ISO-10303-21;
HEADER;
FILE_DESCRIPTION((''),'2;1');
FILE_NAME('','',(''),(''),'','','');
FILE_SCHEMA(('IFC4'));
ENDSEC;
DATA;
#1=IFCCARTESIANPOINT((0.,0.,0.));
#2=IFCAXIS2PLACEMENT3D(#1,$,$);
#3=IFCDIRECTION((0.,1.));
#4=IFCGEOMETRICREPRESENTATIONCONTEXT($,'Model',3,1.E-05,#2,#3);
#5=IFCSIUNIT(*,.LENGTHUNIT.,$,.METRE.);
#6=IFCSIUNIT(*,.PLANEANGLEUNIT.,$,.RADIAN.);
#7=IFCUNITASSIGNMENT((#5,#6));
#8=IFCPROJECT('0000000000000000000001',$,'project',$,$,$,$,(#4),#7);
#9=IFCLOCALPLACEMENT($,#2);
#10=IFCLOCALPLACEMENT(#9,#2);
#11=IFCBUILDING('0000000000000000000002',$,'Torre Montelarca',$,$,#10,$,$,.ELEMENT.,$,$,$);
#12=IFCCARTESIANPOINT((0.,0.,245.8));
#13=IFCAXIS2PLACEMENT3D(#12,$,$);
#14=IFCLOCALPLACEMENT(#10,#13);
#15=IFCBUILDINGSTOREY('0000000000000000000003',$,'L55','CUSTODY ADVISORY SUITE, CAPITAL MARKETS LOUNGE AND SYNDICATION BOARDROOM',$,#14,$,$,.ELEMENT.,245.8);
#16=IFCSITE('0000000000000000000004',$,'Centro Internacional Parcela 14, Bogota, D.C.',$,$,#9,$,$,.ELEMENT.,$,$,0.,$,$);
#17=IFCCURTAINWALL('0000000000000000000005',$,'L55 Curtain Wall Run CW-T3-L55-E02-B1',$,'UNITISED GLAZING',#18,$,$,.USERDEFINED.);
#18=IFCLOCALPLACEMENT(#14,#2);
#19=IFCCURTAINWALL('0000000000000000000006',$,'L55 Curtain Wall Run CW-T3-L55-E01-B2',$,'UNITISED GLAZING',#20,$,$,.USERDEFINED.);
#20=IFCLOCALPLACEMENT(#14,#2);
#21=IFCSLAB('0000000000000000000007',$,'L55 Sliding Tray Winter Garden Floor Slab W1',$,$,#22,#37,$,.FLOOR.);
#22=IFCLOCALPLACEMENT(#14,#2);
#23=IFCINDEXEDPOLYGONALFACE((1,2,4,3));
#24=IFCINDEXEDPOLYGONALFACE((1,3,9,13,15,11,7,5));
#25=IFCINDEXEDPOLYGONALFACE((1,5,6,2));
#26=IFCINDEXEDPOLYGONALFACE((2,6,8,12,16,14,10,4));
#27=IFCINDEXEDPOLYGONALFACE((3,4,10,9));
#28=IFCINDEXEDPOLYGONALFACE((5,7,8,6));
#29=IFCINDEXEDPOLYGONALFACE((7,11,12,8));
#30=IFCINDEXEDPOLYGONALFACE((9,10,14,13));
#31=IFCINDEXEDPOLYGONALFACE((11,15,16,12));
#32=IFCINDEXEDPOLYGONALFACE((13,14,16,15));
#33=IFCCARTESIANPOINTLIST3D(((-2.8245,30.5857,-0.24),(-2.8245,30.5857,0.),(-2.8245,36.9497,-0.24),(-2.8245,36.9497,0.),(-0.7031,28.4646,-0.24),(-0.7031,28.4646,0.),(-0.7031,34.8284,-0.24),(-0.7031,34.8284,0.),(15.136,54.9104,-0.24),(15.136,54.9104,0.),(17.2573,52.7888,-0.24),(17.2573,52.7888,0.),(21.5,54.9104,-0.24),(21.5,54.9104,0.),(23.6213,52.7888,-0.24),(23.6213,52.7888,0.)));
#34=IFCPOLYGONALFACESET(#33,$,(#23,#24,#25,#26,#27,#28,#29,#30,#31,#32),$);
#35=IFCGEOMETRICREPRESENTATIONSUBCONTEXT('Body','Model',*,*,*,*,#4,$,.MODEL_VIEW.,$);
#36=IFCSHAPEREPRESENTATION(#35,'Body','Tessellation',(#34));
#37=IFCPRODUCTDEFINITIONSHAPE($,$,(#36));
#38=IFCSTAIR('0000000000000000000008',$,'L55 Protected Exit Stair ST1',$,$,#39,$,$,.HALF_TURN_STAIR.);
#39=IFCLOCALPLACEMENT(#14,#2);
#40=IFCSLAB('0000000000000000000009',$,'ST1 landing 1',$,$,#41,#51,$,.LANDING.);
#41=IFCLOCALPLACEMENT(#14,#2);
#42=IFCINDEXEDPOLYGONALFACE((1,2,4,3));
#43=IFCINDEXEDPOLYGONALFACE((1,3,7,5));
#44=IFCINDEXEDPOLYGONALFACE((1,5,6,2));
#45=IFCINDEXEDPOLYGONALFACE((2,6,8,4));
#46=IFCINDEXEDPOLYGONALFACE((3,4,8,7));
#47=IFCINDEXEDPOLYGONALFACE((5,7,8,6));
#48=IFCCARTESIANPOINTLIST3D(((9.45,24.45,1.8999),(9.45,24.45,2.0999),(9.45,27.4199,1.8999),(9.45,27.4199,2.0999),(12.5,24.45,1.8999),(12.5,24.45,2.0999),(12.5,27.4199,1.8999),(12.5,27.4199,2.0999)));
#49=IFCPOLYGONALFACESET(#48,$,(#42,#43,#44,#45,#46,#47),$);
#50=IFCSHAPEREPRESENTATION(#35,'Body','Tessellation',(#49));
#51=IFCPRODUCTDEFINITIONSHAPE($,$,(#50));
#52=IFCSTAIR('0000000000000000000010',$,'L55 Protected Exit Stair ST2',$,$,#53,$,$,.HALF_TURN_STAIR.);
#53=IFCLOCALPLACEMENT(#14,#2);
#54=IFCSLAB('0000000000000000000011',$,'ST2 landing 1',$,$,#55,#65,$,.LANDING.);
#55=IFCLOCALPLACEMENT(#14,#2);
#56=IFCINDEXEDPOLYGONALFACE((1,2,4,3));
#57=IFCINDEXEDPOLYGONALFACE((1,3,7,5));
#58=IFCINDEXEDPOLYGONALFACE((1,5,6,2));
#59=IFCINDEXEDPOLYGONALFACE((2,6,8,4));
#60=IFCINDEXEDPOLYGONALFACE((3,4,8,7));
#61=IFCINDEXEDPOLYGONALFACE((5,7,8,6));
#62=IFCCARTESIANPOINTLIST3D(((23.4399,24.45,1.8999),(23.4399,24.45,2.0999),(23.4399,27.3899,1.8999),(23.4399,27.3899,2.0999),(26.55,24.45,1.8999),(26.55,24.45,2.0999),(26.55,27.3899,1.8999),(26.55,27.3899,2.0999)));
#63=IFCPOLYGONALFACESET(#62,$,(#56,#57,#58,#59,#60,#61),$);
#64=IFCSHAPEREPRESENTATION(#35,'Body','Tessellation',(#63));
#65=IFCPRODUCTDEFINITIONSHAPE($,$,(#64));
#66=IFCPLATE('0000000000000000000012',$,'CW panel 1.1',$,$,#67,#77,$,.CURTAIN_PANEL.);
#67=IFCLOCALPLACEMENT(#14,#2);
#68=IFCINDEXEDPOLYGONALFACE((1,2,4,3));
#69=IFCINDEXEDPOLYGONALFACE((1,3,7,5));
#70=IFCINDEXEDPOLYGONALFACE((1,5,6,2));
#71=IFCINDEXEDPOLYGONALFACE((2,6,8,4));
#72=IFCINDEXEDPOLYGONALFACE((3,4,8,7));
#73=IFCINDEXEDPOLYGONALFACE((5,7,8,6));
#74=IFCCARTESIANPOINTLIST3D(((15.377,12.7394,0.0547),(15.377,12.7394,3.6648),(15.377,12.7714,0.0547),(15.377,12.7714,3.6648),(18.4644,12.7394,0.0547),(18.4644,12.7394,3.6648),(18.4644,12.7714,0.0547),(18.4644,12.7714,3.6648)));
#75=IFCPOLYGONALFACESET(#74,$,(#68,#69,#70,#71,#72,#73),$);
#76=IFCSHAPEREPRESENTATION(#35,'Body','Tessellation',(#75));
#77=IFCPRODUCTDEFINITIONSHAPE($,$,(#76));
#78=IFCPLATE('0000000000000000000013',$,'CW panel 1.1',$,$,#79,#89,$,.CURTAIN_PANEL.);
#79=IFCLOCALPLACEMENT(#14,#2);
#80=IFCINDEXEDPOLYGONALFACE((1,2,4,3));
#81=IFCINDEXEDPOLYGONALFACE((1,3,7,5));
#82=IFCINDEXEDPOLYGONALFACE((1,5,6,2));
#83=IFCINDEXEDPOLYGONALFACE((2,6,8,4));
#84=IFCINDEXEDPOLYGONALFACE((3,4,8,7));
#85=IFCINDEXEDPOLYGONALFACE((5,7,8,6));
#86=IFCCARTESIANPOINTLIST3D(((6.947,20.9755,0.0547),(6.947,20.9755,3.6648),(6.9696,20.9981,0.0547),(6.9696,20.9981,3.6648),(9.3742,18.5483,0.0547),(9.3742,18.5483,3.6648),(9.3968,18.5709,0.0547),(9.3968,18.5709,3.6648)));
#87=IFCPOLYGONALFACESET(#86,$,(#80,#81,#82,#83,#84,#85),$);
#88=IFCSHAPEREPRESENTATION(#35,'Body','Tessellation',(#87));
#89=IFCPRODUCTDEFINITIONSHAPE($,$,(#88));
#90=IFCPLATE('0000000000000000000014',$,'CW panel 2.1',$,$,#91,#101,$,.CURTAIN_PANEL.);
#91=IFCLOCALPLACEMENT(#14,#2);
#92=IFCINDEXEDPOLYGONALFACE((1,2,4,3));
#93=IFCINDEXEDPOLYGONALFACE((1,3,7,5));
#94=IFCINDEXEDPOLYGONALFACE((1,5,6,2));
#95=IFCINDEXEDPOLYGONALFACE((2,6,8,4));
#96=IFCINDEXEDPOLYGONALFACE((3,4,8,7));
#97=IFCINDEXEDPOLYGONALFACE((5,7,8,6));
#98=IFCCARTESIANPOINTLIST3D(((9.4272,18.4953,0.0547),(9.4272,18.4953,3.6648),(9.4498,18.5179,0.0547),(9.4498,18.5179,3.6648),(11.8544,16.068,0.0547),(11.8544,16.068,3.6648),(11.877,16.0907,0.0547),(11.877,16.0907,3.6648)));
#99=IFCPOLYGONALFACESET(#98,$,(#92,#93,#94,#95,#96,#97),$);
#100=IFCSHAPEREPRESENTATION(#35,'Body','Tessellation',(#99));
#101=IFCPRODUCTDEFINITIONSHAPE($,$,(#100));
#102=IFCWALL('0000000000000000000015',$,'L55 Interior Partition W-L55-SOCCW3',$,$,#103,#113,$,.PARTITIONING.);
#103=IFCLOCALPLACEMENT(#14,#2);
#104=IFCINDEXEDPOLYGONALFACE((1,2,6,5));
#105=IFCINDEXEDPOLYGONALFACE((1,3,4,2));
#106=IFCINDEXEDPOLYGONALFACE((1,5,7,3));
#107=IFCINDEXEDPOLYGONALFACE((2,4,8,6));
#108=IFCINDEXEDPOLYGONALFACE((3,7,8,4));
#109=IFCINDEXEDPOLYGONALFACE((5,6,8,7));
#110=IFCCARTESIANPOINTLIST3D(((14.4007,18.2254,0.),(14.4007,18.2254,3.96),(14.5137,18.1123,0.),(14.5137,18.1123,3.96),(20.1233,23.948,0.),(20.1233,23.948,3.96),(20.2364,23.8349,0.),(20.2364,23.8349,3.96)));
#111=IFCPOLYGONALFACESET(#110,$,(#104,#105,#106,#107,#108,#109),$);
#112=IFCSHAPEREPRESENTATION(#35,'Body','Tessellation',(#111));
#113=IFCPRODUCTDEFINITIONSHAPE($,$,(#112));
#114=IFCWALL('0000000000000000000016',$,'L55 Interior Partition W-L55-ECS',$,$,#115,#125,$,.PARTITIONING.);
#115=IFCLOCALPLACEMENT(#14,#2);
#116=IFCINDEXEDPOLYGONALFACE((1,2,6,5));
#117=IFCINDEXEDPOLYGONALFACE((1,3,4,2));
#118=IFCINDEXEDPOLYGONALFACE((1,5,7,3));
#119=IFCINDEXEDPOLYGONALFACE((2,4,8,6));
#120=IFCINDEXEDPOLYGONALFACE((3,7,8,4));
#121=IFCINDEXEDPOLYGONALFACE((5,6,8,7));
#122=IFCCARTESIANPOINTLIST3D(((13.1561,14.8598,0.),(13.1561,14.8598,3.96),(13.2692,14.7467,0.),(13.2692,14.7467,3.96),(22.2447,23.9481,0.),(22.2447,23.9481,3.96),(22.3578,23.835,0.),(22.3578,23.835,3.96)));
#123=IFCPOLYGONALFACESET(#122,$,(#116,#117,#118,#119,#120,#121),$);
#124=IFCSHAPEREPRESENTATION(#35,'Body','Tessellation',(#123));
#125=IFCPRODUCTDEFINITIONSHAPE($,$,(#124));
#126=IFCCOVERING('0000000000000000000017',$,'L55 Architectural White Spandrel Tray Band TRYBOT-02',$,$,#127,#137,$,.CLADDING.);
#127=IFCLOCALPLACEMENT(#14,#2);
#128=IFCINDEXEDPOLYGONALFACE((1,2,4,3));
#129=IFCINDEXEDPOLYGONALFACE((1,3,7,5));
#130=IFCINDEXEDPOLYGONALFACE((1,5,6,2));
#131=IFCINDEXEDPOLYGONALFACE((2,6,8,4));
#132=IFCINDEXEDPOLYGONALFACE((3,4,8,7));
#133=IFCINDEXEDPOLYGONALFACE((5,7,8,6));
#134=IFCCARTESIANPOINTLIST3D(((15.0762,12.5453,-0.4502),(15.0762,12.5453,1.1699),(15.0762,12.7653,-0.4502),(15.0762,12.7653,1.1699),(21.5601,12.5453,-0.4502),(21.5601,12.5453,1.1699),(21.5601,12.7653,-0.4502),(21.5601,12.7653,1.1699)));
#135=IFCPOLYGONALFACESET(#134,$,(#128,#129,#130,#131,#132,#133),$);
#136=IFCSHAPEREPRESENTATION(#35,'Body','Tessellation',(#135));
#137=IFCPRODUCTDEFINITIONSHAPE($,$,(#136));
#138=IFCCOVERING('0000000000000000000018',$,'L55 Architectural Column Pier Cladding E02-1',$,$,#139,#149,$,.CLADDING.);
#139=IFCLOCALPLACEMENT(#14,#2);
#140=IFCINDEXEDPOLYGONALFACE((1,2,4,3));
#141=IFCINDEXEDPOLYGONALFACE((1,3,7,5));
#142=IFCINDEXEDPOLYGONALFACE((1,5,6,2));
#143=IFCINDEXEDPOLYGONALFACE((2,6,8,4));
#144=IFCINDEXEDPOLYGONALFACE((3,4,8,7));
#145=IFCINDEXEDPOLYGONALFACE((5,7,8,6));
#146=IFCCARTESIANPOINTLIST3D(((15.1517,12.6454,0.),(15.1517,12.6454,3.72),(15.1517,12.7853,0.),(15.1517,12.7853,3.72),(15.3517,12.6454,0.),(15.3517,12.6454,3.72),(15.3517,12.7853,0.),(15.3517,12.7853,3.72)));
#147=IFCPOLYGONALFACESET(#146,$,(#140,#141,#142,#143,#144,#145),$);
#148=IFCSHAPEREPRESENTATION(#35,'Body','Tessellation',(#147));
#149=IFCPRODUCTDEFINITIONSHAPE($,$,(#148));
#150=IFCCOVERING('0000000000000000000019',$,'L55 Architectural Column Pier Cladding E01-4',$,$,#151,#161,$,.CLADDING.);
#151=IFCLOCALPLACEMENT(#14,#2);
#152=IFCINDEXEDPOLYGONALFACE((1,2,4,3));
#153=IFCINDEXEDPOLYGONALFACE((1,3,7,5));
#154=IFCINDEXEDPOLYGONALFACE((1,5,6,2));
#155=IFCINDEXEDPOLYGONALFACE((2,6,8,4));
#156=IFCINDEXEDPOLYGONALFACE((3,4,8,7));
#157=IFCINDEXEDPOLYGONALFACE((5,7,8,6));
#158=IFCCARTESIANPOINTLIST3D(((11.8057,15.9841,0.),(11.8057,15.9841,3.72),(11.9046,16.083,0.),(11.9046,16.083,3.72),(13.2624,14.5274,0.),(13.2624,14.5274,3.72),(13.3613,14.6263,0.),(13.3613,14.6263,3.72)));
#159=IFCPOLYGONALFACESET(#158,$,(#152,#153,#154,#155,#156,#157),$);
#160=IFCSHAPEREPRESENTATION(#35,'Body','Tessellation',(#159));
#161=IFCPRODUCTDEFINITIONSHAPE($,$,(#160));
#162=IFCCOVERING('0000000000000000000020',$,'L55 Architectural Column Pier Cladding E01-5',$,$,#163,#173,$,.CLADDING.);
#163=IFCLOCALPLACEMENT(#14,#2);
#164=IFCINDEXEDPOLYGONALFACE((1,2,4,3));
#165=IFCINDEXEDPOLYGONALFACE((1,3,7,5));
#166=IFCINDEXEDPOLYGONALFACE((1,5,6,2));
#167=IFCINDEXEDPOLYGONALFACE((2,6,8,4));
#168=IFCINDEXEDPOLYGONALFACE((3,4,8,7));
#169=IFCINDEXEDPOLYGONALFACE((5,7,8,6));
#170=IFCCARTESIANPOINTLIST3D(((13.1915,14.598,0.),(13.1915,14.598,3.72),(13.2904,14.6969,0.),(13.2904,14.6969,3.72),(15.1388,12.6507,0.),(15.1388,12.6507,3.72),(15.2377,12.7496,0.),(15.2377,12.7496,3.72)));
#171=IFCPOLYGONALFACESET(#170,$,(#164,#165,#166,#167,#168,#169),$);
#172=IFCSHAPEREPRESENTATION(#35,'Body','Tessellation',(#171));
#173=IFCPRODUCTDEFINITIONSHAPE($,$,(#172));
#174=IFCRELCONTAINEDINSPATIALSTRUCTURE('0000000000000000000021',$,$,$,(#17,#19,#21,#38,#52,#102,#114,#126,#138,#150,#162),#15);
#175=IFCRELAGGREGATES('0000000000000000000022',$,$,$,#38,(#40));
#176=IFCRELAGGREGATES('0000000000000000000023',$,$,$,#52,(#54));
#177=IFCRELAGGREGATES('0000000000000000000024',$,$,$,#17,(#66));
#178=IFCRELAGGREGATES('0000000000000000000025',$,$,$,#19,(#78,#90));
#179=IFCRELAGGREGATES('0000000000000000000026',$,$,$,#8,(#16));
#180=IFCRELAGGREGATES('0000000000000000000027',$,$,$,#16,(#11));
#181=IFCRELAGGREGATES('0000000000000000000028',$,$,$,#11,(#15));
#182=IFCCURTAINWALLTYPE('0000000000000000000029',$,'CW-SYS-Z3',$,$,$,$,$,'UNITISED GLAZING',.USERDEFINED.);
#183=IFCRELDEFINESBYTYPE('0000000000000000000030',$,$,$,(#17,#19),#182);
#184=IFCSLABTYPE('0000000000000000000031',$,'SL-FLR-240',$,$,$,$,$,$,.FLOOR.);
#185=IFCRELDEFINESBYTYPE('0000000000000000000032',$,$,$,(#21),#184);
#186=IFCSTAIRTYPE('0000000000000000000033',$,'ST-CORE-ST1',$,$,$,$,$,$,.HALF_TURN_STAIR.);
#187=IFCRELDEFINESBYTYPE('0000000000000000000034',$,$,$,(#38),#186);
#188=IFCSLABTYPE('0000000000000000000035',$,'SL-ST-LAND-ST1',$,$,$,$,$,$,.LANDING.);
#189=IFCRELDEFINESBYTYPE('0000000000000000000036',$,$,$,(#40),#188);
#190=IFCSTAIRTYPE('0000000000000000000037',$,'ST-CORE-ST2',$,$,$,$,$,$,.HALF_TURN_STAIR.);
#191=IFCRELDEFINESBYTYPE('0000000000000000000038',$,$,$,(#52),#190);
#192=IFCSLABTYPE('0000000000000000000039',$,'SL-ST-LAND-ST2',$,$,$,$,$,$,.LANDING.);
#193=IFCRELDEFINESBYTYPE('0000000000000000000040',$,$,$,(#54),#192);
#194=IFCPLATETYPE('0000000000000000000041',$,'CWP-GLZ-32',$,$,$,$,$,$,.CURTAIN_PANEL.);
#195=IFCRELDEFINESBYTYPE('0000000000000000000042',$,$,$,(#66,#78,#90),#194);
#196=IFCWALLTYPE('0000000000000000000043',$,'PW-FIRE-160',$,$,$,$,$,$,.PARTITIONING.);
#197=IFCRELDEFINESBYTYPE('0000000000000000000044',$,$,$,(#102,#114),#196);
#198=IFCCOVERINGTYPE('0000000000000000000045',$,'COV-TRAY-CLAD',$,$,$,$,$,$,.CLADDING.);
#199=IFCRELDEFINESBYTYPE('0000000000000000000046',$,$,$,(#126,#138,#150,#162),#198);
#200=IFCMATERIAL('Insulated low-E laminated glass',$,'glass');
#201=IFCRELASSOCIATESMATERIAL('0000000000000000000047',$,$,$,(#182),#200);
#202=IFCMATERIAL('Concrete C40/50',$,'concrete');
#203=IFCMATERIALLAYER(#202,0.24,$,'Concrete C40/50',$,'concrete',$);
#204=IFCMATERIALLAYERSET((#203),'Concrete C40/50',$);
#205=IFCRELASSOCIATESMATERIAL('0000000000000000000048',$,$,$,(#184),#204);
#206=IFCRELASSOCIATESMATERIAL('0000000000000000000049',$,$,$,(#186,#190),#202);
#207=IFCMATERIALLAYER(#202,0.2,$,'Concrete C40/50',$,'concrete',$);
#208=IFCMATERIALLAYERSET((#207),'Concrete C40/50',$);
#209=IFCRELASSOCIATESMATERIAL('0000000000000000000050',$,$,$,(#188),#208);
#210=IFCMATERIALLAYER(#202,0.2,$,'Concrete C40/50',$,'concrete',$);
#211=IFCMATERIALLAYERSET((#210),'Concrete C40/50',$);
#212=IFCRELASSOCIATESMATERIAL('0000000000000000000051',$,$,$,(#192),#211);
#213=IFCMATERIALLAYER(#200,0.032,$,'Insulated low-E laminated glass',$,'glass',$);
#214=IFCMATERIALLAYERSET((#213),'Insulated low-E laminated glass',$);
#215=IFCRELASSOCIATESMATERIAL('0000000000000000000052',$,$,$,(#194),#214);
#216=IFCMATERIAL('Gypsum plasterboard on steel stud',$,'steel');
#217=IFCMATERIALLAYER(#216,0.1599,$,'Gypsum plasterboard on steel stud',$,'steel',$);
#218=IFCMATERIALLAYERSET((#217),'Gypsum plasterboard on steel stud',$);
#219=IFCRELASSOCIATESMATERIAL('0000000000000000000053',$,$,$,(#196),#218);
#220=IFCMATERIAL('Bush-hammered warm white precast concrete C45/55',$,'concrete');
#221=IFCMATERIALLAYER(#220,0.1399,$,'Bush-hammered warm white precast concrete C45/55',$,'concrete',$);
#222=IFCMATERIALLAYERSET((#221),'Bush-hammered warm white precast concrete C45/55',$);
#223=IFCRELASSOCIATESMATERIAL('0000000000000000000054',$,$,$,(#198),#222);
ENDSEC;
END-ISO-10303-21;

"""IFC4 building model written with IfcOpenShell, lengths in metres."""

from ifc_helpers import new_model, si_unit, direction, frame, frame_2d, origin, origin_2d, place, context, subcontext, project, spatial, polyline, rectangle, outline, extrude, source, transform, mapped, material, layer, layer_set, type_object, element, aggregate, save


model = new_model("IFC4")

# Units and contexts
model_context = context("Model", 3, precision=1e-05, world=origin(), true_north=direction((0.0, 1.0)))
body_context = subcontext(model_context, "Body", "Model", "MODEL_VIEW")
ifc_project = project(units=[si_unit("LENGTHUNIT", "METRE"), si_unit("PLANEANGLEUNIT", "RADIAN")], contexts=[model_context])

# Site, building, storey
site_placement = place(None, origin())
site = spatial("IfcSite", under=ifc_project, at=site_placement, Name="Centro Internacional Parcela 14, Bogota, D.C.", CompositionType="ELEMENT", RefElevation=0.0)
building_placement = place(site_placement, origin())
building = spatial("IfcBuilding", under=site, at=building_placement, Name="Torre Montelarca", CompositionType="ELEMENT")
storey_placement = place(building_placement, frame((0.0, 0.0, 245.8)))
storey = spatial("IfcBuildingStorey", under=building, at=storey_placement, Name="L55", Description="CUSTODY ADVISORY SUITE, CAPITAL MARKETS LOUNGE AND SYNDICATION BOARDROOM", CompositionType="ELEMENT", Elevation=245.8)

# Curtain walls
ifc_material_1 = material(Name="Insulated low-E laminated glass", Category="glass")
curtain_wall_type = type_object("IfcCurtainWallType", Name="CW-SYS-Z3", ElementType="UNITISED GLAZING", PredefinedType="USERDEFINED", material=ifc_material_1)
curtain_wall_1_placement = place(storey_placement, origin())
curtain_wall_1 = element("IfcCurtainWall", 1, at=curtain_wall_1_placement, inside=storey, type_object=curtain_wall_type, Name="L55 Curtain Wall Run CW-T3-L55-E02-B1", ObjectType="UNITISED GLAZING", PredefinedType="USERDEFINED")
curtain_wall_2_placement = place(storey_placement, origin())
curtain_wall_2 = element("IfcCurtainWall", 2, at=curtain_wall_2_placement, inside=storey, type_object=curtain_wall_type, Name="L55 Curtain Wall Run CW-T3-L55-E01-B2", ObjectType="UNITISED GLAZING", PredefinedType="USERDEFINED")

# Slab
ifc_material_2 = material(Name="Concrete C40/50", Category="concrete")
ifc_layer_1 = layer(ifc_material_2, 0.24, Name="Concrete C40/50", Category="concrete")
ifc_layer_set_1 = layer_set([ifc_layer_1], Name="Concrete C40/50")
slab_type_1 = type_object("IfcSlabType", Name="SL-FLR-240", PredefinedType="FLOOR", material=ifc_layer_set_1)
slab_1_placement = place(storey_placement, frame((0.0, 0.0, -0.24)))
element("IfcSlab", 3, at=slab_1_placement, inside=storey, type_object=slab_type_1, Name="L55 Sliding Tray Winter Garden Floor Slab W1", PredefinedType="FLOOR", context=body_context, shape_type="SweptSolid", body=[
    extrude(outline(polyline([(-0.7031, 28.4646), (-0.7031, 34.8284), (17.2573, 52.7888), (23.6213, 52.7888), (21.5, 54.9104), (15.136, 54.9104), (-2.8245, 36.9497), (-2.8245, 30.5857), (-0.7031, 28.4646)])), origin(), (0.0, 0.0, 1.0), 0.24),
])

# Stairs, slabs
stair_type_1 = type_object("IfcStairType", Name="ST-CORE-ST1", PredefinedType="HALF_TURN_STAIR", material=ifc_material_2)
stair_1_placement = place(storey_placement, origin())
stair_1 = element("IfcStair", 4, at=stair_1_placement, inside=storey, type_object=stair_type_1, Name="L55 Protected Exit Stair ST1", PredefinedType="HALF_TURN_STAIR")
ifc_layer_2 = layer(ifc_material_2, 0.2, Name="Concrete C40/50", Category="concrete")
ifc_layer_set_2 = layer_set([ifc_layer_2], Name="Concrete C40/50")
slab_type_2 = type_object("IfcSlabType", Name="SL-ST-LAND-ST1", PredefinedType="LANDING", material=ifc_layer_set_2)
slab_2_placement = place(storey_placement, frame((0.0, 0.0, 1.8999)))
slab_2 = element("IfcSlab", 5, at=slab_2_placement, type_object=slab_type_2, Name="ST1 landing 1", PredefinedType="LANDING", context=body_context, shape_type="SweptSolid", body=[
    extrude(outline(polyline([(9.45, 27.4199), (9.45, 24.45), (12.5, 24.45), (12.5, 27.4199), (9.45, 27.4199)])), origin(), (0.0, 0.0, 1.0), 0.2),
])
aggregate(stair_1, [slab_2])
stair_type_2 = type_object("IfcStairType", Name="ST-CORE-ST2", PredefinedType="HALF_TURN_STAIR", material=ifc_material_2)
stair_2_placement = place(storey_placement, origin())
stair_2 = element("IfcStair", 6, at=stair_2_placement, inside=storey, type_object=stair_type_2, Name="L55 Protected Exit Stair ST2", PredefinedType="HALF_TURN_STAIR")
ifc_layer_3 = layer(ifc_material_2, 0.2, Name="Concrete C40/50", Category="concrete")
ifc_layer_set_3 = layer_set([ifc_layer_3], Name="Concrete C40/50")
slab_type_3 = type_object("IfcSlabType", Name="SL-ST-LAND-ST2", PredefinedType="LANDING", material=ifc_layer_set_3)
slab_3_placement = place(storey_placement, frame((0.0, 0.0, 1.8999)))
slab_3 = element("IfcSlab", 7, at=slab_3_placement, type_object=slab_type_3, Name="ST2 landing 1", PredefinedType="LANDING", context=body_context, shape_type="SweptSolid", body=[
    extrude(outline(polyline([(23.4399, 27.3899), (23.4399, 24.45), (26.55, 24.45), (26.55, 27.3899), (23.4399, 27.3899)])), origin(), (0.0, 0.0, 1.0), 0.2),
])
aggregate(stair_2, [slab_3])

# Plates
ifc_layer_4 = layer(ifc_material_1, 0.032, Name="Insulated low-E laminated glass", Category="glass")
ifc_layer_set_4 = layer_set([ifc_layer_4], Name="Insulated low-E laminated glass")
plate_type = type_object("IfcPlateType", Name="CWP-GLZ-32", PredefinedType="CURTAIN_PANEL", material=ifc_layer_set_4)
shared_shape_1 = source(origin(), body_context, "Body", "SweptSolid", [
    extrude(rectangle(XDim=3.0874, YDim=0.032, at=origin_2d()), origin(), (0.0, 0.0, 1.0), 3.6101),
])
plate_1_placement = place(storey_placement, frame((16.9207, 12.7554, 0.0547), z_axis=(0.0, 0.0, 1.0), x_axis=(1.0, 0.0, 0.0)))
plate_1 = element("IfcPlate", 8, at=plate_1_placement, type_object=plate_type, Name="CW panel 1.1", PredefinedType="CURTAIN_PANEL", context=body_context, shape_type="MappedRepresentation", body=[
    mapped(shared_shape_1, transform((0.0, 0.0, 0.0), scale=1.0)),
])
aggregate(curtain_wall_1, [plate_1])
shared_shape_2 = source(origin(), body_context, "Body", "SweptSolid", [
    extrude(rectangle(XDim=3.4326, YDim=0.032, at=origin_2d()), origin(), (0.0, 0.0, 1.0), 3.6101),
])
plate_2_placement = place(storey_placement, frame((8.1719, 19.7732, 0.0547), z_axis=(0.0, 0.0, 1.0), x_axis=(0.707107, -0.707107, 0.0)))
plate_2 = element("IfcPlate", 9, at=plate_2_placement, type_object=plate_type, Name="CW panel 1.1", PredefinedType="CURTAIN_PANEL", context=body_context, shape_type="MappedRepresentation", body=[
    mapped(shared_shape_2, transform((0.0, 0.0, 0.0), scale=1.0)),
])
plate_3_placement = place(storey_placement, frame((10.6521, 17.293, 0.0547), z_axis=(0.0, 0.0, 1.0), x_axis=(0.707107, -0.707107, 0.0)))
plate_3 = element("IfcPlate", 10, at=plate_3_placement, type_object=plate_type, Name="CW panel 2.1", PredefinedType="CURTAIN_PANEL", context=body_context, shape_type="MappedRepresentation", body=[
    mapped(shared_shape_2, transform((0.0, 0.0, 0.0), scale=1.0)),
])
aggregate(curtain_wall_2, [plate_2, plate_3])

# Walls
ifc_material_3 = material(Name="Gypsum plasterboard on steel stud", Category="steel")
ifc_layer_5 = layer(ifc_material_3, 0.1599, Name="Gypsum plasterboard on steel stud", Category="steel")
ifc_layer_set_5 = layer_set([ifc_layer_5], Name="Gypsum plasterboard on steel stud")
wall_type = type_object("IfcWallType", Name="PW-FIRE-160", PredefinedType="PARTITIONING", material=ifc_layer_set_5)
wall_1_placement = place(storey_placement, frame((14.4573, 18.1689, 0.0), z_axis=(0.0, 0.0, 1.0), x_axis=(0.707107, 0.707107, 0.0)))
element("IfcWall", 11, at=wall_1_placement, inside=storey, type_object=wall_type, Name="L55 Interior Partition W-L55-SOCCW3", PredefinedType="PARTITIONING", context=body_context, shape_type="SweptSolid", body=[
    extrude(rectangle(XDim=8.093, YDim=0.1599, at=frame_2d((4.0464, 0.0))), origin(), (0.0, 0.0, 1.0), 3.96),
])
wall_2_placement = place(storey_placement, frame((13.2126, 14.8032, 0.0), z_axis=(0.0, 0.0, 1.0), x_axis=(0.707116, 0.707097, 0.0)))
element("IfcWall", 12, at=wall_2_placement, inside=storey, type_object=wall_type, Name="L55 Interior Partition W-L55-ECS", PredefinedType="PARTITIONING", context=body_context, shape_type="SweptSolid", body=[
    extrude(rectangle(XDim=12.853, YDim=0.1599, at=frame_2d((6.4265, 0.0))), origin(), (0.0, 0.0, 1.0), 3.96),
])

# Coverings
ifc_material_4 = material(Name="Bush-hammered warm white precast concrete C45/55", Category="concrete")
ifc_layer_6 = layer(ifc_material_4, 0.1399, Name="Bush-hammered warm white precast concrete C45/55", Category="concrete")
ifc_layer_set_6 = layer_set([ifc_layer_6], Name="Bush-hammered warm white precast concrete C45/55")
covering_type = type_object("IfcCoveringType", Name="COV-TRAY-CLAD", PredefinedType="CLADDING", material=ifc_layer_set_6)
shared_shape_3 = source(origin(), body_context, "Body", "SweptSolid", [
    extrude(rectangle(XDim=6.4839, YDim=0.22, at=origin_2d()), origin(), (0.0, 0.0, 1.0), 1.6201),
])
covering_1_placement = place(storey_placement, frame((18.3181, 12.6553, -0.4502), z_axis=(0.0, 0.0, 1.0), x_axis=(1.0, 0.0, 0.0)))
element("IfcCovering", 13, at=covering_1_placement, inside=storey, type_object=covering_type, Name="L55 Architectural White Spandrel Tray Band TRYBOT-02", PredefinedType="CLADDING", context=body_context, shape_type="MappedRepresentation", body=[
    mapped(shared_shape_3, transform((0.0, 0.0, 0.0), scale=1.0)),
])
shared_shape_4 = source(origin(), body_context, "Body", "SweptSolid", [
    extrude(rectangle(XDim=0.2, YDim=0.1399, at=origin_2d()), origin(), (0.0, 0.0, 1.0), 3.72),
])
covering_2_placement = place(storey_placement, frame((15.2517, 12.7153, 0.0), z_axis=(0.0, 0.0, 1.0), x_axis=(1.0, 0.0, 0.0)))
element("IfcCovering", 14, at=covering_2_placement, inside=storey, type_object=covering_type, Name="L55 Architectural Column Pier Cladding E02-1", PredefinedType="CLADDING", context=body_context, shape_type="MappedRepresentation", body=[
    mapped(shared_shape_4, transform((0.0, 0.0, 0.0), scale=1.0)),
])
shared_shape_5 = source(origin(), body_context, "Body", "SweptSolid", [
    extrude(rectangle(XDim=2.0601, YDim=0.1399, at=origin_2d()), origin(), (0.0, 0.0, 1.0), 3.72),
])
covering_3_placement = place(storey_placement, frame((12.5835, 15.3052, 0.0), z_axis=(0.0, 0.0, 1.0), x_axis=(0.707107, -0.707107, 0.0)))
element("IfcCovering", 15, at=covering_3_placement, inside=storey, type_object=covering_type, Name="L55 Architectural Column Pier Cladding E01-4", PredefinedType="CLADDING", context=body_context, shape_type="MappedRepresentation", body=[
    mapped(shared_shape_5, transform((0.0, 0.0, 0.0), scale=1.0)),
])
shared_shape_6 = source(origin(), body_context, "Body", "SweptSolid", [
    extrude(rectangle(XDim=2.7539, YDim=0.1399, at=origin_2d()), origin(), (0.0, 0.0, 1.0), 3.72),
])
covering_4_placement = place(storey_placement, frame((14.2146, 13.6738, 0.0), z_axis=(0.0, 0.0, 1.0), x_axis=(0.707107, -0.707107, 0.0)))
element("IfcCovering", 16, at=covering_4_placement, inside=storey, type_object=covering_type, Name="L55 Architectural Column Pier Cladding E01-5", PredefinedType="CLADDING", context=body_context, shape_type="MappedRepresentation", body=[
    mapped(shared_shape_6, transform((0.0, 0.0, 0.0), scale=1.0)),
])

save(model, "model.ifc")
